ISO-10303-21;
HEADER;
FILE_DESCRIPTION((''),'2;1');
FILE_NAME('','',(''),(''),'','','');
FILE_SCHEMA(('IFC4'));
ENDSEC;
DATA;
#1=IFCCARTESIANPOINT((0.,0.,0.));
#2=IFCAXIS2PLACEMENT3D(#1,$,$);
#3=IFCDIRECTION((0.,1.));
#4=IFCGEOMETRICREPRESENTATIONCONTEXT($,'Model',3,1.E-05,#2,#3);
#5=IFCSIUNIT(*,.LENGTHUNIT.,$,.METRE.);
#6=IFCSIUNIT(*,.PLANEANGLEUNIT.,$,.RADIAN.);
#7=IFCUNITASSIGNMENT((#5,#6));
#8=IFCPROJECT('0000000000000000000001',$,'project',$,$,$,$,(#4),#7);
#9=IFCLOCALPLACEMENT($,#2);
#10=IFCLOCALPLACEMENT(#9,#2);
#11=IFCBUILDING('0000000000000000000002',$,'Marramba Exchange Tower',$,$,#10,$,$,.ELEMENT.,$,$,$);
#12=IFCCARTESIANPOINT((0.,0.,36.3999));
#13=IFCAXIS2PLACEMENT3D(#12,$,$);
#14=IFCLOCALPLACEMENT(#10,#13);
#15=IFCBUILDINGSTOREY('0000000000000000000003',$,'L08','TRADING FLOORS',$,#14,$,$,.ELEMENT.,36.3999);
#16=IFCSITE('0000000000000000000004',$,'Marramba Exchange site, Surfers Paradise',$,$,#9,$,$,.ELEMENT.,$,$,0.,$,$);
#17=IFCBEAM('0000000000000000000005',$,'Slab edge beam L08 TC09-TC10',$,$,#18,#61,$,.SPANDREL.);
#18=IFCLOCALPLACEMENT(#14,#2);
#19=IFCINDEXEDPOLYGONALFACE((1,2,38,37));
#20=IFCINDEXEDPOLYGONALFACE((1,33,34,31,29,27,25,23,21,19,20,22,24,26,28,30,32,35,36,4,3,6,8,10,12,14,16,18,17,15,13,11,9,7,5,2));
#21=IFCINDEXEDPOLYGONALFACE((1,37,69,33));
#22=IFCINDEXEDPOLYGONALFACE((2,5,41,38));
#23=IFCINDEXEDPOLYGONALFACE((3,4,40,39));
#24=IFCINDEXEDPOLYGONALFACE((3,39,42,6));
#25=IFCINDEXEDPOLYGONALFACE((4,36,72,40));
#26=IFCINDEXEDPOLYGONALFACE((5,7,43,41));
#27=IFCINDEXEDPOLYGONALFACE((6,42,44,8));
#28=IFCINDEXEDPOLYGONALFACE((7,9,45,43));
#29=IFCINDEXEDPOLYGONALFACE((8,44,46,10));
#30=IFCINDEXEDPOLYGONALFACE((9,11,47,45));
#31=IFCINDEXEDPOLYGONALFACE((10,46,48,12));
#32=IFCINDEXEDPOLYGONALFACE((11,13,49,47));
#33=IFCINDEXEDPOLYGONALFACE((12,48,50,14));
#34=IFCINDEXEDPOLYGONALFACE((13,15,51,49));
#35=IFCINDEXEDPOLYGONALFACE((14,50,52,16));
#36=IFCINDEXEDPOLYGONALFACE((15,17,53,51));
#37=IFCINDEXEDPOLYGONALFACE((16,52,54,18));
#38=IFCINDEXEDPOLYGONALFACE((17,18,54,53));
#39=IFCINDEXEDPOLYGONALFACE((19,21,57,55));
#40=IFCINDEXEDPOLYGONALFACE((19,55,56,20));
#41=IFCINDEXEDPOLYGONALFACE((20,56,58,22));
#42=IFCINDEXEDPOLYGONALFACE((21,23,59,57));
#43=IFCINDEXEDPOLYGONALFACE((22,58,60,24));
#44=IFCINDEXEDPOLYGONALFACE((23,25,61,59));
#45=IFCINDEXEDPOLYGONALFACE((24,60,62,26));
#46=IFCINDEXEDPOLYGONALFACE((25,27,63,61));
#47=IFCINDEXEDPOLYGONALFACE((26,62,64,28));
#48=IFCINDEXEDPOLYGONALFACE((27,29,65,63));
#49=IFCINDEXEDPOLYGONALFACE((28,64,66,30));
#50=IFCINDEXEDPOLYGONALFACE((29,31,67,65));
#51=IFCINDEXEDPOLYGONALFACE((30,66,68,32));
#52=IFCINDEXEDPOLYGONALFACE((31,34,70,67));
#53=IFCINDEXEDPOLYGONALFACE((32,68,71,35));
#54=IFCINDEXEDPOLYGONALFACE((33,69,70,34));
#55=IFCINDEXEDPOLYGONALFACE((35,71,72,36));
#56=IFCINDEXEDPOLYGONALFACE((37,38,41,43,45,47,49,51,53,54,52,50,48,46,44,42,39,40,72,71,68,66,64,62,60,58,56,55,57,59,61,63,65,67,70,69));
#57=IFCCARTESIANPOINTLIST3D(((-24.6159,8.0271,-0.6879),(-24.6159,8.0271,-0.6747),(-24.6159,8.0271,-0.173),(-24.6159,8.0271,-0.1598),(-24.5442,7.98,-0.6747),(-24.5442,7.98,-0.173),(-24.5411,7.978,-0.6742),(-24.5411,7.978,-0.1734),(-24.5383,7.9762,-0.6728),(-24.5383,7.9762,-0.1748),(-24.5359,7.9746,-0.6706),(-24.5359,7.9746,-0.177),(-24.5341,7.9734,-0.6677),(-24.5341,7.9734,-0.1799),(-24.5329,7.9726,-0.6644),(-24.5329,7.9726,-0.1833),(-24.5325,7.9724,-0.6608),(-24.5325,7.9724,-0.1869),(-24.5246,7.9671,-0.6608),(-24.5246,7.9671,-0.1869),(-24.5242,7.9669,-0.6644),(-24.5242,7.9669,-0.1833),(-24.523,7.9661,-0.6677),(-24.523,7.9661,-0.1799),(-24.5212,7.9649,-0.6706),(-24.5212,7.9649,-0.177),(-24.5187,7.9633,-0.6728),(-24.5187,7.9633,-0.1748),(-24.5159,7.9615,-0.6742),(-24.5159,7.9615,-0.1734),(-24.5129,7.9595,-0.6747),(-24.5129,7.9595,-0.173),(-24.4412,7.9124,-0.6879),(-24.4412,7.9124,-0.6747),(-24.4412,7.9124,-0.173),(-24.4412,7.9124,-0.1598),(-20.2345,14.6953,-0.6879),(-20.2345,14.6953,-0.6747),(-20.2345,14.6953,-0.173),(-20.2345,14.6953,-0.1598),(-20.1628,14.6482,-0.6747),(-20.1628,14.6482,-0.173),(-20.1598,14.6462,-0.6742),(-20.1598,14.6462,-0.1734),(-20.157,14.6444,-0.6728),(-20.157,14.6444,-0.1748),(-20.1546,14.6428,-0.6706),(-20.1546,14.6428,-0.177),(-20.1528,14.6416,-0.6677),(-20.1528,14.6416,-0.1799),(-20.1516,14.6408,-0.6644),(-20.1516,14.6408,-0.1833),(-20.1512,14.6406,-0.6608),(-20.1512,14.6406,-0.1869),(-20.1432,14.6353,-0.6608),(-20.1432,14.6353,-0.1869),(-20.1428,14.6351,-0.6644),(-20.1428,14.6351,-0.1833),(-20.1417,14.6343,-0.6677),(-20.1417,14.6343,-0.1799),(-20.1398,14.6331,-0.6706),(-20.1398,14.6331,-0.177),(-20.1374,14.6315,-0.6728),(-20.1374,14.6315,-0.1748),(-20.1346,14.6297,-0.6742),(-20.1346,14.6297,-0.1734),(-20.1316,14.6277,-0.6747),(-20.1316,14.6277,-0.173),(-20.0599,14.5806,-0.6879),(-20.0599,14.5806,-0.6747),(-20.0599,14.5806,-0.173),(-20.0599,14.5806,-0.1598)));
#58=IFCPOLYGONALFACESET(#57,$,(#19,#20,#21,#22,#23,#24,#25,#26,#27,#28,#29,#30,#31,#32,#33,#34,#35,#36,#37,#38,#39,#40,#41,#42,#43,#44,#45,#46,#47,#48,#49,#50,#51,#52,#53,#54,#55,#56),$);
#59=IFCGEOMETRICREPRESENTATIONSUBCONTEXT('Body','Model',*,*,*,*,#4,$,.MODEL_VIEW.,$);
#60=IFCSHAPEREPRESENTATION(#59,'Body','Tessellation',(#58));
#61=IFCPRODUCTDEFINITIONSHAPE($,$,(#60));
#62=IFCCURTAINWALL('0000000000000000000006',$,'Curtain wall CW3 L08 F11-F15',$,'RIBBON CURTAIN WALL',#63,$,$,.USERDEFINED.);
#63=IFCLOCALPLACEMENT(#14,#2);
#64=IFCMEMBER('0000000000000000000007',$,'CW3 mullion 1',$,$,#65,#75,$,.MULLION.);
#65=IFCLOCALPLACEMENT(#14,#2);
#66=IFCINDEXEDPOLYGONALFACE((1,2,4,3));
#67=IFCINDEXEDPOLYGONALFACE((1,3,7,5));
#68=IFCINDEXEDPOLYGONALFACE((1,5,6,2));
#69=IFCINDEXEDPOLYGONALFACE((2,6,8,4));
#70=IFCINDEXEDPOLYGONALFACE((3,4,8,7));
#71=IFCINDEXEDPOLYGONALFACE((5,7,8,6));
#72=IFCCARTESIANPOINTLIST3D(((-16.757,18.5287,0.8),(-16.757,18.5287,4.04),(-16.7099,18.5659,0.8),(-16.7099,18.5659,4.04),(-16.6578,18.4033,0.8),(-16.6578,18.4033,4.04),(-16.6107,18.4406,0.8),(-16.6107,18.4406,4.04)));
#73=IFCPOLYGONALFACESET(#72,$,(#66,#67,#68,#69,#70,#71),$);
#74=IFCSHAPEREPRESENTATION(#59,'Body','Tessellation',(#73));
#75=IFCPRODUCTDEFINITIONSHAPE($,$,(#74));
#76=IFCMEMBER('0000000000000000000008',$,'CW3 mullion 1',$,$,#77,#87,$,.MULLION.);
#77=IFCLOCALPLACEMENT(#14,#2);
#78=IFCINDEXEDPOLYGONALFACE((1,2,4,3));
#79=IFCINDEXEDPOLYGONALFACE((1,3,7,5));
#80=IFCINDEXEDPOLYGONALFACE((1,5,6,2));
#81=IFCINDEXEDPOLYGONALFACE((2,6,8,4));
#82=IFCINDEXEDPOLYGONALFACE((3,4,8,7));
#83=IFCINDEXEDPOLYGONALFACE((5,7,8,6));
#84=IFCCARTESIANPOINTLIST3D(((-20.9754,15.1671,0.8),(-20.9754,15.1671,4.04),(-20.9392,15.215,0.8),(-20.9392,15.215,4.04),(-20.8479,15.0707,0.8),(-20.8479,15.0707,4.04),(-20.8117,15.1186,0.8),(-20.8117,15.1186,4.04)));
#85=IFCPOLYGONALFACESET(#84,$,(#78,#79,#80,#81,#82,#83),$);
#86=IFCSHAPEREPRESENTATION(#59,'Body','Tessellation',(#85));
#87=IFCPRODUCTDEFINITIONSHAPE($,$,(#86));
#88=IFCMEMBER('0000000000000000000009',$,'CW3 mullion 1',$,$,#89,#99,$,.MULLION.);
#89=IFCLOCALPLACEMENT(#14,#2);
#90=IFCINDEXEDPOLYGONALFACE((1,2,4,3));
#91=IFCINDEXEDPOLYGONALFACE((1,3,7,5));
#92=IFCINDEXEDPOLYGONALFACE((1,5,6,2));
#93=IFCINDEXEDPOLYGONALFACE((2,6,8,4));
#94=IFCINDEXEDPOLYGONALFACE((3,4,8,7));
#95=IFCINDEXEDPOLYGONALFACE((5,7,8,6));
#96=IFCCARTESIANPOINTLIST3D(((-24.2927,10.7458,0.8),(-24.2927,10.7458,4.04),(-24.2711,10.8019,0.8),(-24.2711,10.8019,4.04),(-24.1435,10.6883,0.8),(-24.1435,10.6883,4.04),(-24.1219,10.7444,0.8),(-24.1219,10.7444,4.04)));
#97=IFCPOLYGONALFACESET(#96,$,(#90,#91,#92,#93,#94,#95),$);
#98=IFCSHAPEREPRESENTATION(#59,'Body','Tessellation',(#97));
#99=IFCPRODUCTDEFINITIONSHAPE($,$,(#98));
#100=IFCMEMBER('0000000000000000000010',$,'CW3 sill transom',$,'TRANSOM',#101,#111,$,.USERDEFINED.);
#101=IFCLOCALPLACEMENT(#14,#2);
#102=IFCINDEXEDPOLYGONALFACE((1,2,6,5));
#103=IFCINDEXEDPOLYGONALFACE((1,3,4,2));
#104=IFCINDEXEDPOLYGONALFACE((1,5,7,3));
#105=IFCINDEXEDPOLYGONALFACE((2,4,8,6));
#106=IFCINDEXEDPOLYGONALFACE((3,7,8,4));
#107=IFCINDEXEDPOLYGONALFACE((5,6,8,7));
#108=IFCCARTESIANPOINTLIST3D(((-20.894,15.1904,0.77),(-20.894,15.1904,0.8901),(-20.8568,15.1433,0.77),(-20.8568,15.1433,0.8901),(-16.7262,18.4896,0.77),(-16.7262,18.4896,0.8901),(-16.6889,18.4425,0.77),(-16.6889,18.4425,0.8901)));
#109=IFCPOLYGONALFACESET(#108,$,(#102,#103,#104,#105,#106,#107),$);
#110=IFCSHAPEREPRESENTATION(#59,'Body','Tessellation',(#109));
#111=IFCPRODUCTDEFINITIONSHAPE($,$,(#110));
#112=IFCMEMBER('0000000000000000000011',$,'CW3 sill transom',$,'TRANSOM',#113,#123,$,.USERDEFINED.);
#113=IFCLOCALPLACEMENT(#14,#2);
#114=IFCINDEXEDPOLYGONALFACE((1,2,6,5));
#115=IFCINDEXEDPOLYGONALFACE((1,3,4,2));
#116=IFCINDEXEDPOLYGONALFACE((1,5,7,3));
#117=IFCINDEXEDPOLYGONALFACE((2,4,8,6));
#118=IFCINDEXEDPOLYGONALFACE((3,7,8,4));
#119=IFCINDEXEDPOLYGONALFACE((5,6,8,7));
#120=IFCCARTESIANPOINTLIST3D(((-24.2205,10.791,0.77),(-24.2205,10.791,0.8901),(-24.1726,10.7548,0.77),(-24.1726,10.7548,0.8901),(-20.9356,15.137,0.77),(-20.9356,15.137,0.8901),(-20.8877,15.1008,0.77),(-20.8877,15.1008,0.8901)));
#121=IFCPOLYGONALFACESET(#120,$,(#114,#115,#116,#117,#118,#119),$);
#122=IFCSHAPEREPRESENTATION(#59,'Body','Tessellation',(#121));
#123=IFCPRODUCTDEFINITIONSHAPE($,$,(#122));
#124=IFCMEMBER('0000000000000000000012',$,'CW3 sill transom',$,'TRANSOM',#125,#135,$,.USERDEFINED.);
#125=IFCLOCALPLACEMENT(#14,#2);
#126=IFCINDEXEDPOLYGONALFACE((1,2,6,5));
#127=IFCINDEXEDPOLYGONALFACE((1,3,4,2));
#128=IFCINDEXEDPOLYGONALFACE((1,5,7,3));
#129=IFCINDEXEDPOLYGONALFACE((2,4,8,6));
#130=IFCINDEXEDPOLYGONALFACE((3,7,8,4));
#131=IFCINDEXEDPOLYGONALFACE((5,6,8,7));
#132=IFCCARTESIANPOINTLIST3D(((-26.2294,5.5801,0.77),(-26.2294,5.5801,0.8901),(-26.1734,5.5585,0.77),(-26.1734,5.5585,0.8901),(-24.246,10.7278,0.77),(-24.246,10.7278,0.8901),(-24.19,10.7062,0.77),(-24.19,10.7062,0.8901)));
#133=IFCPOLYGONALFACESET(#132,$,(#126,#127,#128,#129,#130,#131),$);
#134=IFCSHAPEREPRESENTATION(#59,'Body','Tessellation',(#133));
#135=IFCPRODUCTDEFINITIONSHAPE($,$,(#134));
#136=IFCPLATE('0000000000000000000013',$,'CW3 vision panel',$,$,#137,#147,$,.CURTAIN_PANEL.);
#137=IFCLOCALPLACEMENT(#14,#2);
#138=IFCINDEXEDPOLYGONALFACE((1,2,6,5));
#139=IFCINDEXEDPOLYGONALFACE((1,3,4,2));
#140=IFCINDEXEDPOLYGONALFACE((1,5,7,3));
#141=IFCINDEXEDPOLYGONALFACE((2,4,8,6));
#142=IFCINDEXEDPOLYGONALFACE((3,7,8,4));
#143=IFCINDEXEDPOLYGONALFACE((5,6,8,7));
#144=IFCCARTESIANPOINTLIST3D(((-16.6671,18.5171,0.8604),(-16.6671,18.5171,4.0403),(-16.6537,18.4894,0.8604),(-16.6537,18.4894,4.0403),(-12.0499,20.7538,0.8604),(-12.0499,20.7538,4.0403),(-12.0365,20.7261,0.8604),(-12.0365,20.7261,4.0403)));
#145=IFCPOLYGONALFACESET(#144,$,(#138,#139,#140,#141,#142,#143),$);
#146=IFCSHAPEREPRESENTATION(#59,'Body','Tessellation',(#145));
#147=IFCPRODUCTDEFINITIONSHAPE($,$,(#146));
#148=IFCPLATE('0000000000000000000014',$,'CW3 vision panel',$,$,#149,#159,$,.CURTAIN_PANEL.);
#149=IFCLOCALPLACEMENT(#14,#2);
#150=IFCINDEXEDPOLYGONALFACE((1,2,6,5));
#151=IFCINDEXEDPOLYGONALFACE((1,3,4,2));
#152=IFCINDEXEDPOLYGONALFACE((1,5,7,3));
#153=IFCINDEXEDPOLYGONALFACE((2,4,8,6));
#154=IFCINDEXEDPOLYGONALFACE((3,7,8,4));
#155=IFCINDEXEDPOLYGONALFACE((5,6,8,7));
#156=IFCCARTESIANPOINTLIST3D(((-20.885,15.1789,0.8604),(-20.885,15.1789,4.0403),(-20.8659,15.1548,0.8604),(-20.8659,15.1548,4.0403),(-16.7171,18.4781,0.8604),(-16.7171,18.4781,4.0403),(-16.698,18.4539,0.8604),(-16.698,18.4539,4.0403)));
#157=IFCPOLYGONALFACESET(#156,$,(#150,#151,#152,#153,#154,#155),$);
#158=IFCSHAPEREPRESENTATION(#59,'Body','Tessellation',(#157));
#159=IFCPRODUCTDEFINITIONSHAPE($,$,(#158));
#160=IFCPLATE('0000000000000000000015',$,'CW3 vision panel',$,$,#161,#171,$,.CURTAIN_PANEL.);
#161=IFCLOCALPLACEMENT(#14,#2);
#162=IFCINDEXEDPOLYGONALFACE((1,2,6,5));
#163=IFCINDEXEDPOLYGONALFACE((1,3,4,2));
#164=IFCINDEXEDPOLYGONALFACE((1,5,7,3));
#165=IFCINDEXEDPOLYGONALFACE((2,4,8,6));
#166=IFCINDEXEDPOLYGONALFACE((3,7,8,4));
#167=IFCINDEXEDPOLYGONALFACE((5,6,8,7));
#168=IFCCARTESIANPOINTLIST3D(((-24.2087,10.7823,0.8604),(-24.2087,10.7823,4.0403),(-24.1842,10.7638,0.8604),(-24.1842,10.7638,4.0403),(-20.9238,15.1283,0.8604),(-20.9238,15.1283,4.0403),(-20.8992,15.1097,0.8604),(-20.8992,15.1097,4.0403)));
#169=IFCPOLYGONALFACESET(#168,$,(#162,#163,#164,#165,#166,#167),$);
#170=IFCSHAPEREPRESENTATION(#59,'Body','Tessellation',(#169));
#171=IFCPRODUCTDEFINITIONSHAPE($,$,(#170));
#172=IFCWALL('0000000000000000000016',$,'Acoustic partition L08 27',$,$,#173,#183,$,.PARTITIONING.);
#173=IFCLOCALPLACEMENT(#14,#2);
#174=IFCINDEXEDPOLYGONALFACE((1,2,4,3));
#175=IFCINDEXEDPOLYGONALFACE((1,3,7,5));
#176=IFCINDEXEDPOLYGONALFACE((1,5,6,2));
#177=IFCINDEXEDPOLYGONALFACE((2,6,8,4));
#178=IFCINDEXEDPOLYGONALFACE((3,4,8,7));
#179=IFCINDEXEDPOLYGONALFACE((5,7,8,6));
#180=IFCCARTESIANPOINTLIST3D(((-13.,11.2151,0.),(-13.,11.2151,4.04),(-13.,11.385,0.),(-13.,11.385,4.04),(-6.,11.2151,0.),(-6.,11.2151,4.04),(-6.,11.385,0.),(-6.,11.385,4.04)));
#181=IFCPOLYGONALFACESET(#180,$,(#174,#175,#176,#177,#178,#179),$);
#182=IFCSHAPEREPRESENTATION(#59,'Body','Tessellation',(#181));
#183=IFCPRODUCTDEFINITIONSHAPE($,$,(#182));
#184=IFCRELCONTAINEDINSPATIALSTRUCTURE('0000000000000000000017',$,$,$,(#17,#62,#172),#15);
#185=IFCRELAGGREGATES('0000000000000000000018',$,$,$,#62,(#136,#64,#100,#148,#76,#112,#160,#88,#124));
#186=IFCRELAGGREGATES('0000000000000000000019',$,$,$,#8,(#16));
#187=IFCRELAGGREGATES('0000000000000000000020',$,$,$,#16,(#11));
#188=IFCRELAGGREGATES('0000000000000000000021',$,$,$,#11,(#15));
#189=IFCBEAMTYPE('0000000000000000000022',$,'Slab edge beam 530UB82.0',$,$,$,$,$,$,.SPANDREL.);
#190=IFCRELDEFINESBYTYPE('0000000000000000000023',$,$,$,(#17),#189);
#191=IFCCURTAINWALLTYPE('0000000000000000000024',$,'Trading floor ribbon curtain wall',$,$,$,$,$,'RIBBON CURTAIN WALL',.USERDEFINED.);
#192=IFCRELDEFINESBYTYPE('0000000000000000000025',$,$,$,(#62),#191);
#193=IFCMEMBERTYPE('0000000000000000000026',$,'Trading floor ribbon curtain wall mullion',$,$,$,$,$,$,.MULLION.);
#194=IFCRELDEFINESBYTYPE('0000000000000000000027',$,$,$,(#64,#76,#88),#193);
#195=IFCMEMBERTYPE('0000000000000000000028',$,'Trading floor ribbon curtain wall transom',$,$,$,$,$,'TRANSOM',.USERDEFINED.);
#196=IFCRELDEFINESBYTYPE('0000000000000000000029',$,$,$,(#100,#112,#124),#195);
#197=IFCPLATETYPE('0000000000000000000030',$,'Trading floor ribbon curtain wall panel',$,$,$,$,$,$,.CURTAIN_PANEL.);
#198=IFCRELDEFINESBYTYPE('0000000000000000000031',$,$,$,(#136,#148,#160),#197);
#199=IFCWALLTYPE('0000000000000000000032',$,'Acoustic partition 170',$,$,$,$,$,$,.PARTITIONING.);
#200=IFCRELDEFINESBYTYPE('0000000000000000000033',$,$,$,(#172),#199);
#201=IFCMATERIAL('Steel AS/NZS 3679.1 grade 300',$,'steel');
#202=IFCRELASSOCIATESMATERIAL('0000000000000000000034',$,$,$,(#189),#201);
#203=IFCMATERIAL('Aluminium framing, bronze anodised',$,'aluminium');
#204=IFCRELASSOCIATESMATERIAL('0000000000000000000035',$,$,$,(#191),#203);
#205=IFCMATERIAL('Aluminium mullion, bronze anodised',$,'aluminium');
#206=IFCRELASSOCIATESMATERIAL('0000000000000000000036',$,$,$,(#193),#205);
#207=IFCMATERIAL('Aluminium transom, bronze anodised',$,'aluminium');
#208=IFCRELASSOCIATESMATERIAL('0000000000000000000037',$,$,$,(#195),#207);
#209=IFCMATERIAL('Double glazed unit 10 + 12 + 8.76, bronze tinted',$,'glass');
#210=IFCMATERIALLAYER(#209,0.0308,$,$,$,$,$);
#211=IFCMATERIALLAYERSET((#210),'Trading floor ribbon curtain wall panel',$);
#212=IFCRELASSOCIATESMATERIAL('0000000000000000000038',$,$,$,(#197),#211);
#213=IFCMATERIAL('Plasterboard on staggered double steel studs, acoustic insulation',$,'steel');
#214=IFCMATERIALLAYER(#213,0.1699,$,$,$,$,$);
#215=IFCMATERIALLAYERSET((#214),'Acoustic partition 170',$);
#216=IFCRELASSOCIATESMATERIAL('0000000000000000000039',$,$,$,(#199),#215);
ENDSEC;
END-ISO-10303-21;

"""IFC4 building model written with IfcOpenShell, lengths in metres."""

from ifc_helpers import new_model, si_unit, direction, frame, frame_2d, origin, origin_2d, place, context, subcontext, project, spatial, rectangle, i_section, extrude, material, layer, layer_set, material_profile, profile_set, type_object, element, aggregate, save


model = new_model("IFC4")

# Units and contexts
model_context = context("Model", 3, precision=1e-05, world=origin(), true_north=direction((0.0, 1.0)))
body_context = subcontext(model_context, "Body", "Model", "MODEL_VIEW")
ifc_project = project(units=[si_unit("LENGTHUNIT", "METRE"), si_unit("PLANEANGLEUNIT", "RADIAN")], contexts=[model_context])

# Site, building, storey
site_placement = place(None, origin())
site = spatial("IfcSite", under=ifc_project, at=site_placement, Name="Marramba Exchange site, Surfers Paradise", CompositionType="ELEMENT", RefElevation=0.0)
building_placement = place(site_placement, origin())
building = spatial("IfcBuilding", under=site, at=building_placement, Name="Marramba Exchange Tower", CompositionType="ELEMENT")
storey_placement = place(building_placement, frame((0.0, 0.0, 36.3999)))
storey = spatial("IfcBuildingStorey", under=building, at=storey_placement, Name="L08", Description="TRADING FLOORS", CompositionType="ELEMENT", Elevation=36.3999)

# Beam
ifc_material_1 = material(Name="Steel AS/NZS 3679.1 grade 300", Category="steel")
ifc_material_profile_1 = material_profile(ifc_material_1, i_section(OverallWidth=0.209, OverallDepth=0.5281, WebThickness=0.0095, FlangeThickness=0.0132, FilletRadius=0.0139, at=origin_2d()), Name="530UB82.0")
ifc_profile_set_1 = profile_set([ifc_material_profile_1], Name="Steel AS/NZS 3679.1 grade 300")
beam_type_1 = type_object("IfcBeamType", Name="Slab edge beam 530UB82.0", PredefinedType="SPANDREL", material=ifc_profile_set_1)
beam_1_placement = place(storey_placement, frame((-20.1472, 14.6379, -0.4238), z_axis=(-0.549124, -0.835741, 0.0), x_axis=(0.835741, -0.549124, 0.0)))
element("IfcBeam", 1, at=beam_1_placement, inside=storey, type_object=beam_type_1, Name="Slab edge beam L08 TC09-TC10", PredefinedType="SPANDREL", context=body_context, shape_type="SweptSolid", body=[
    extrude(i_section(OverallWidth=0.209, OverallDepth=0.5281, WebThickness=0.0095, FlangeThickness=0.0132, FilletRadius=0.0139, at=origin_2d()), origin(), (0.0, 0.0, 1.0), 7.9788),
])

# Curtain wall, members, plates
ifc_material_2 = material(Name="Aluminium framing, bronze anodised", Category="aluminium")
curtain_wall_type = type_object("IfcCurtainWallType", Name="Trading floor ribbon curtain wall", ElementType="RIBBON CURTAIN WALL", PredefinedType="USERDEFINED", material=ifc_material_2)
curtain_wall_placement = place(storey_placement, origin())
curtain_wall = element("IfcCurtainWall", 2, at=curtain_wall_placement, inside=storey, type_object=curtain_wall_type, Name="Curtain wall CW3 L08 F11-F15", ObjectType="RIBBON CURTAIN WALL", PredefinedType="USERDEFINED")
ifc_material_3 = material(Name="Aluminium mullion, bronze anodised", Category="aluminium")
ifc_material_profile_2 = material_profile(ifc_material_3, rectangle(XDim=0.1599, YDim=0.0601, at=origin_2d()), Name="CW3 mullion 60x160")
ifc_profile_set_2 = profile_set([ifc_material_profile_2], Name="Aluminium mullion, bronze anodised")
member_type_1 = type_object("IfcMemberType", Name="Trading floor ribbon curtain wall mullion", PredefinedType="MULLION", material=ifc_profile_set_2)
member_1_placement = place(storey_placement, frame((-16.6838, 18.4846, 0.8), z_axis=(0.0, 0.0, 1.0), x_axis=(0.62065, -0.784088, 0.0)))
member_1 = element("IfcMember", 3, at=member_1_placement, type_object=member_type_1, Name="CW3 mullion 1", PredefinedType="MULLION", context=body_context, shape_type="SweptSolid", body=[
    extrude(rectangle(XDim=0.1599, YDim=0.0601, at=origin_2d()), origin(), (0.0, 0.0, 1.0), 3.24),
])
member_2_placement = place(storey_placement, frame((-20.8936, 15.1428, 0.8), z_axis=(0.0, 0.0, 1.0), x_axis=(0.797749, -0.60299, 0.0)))
member_2 = element("IfcMember", 4, at=member_2_placement, type_object=member_type_1, Name="CW3 mullion 1", PredefinedType="MULLION", context=body_context, shape_type="SweptSolid", body=[
    extrude(rectangle(XDim=0.1599, YDim=0.0601, at=origin_2d()), origin(), (0.0, 0.0, 1.0), 3.24),
])
member_3_placement = place(storey_placement, frame((-24.2073, 10.7451, 0.8), z_axis=(0.0, 0.0, 1.0), x_axis=(0.933135, -0.359526, 0.0)))
member_3 = element("IfcMember", 5, at=member_3_placement, type_object=member_type_1, Name="CW3 mullion 1", PredefinedType="MULLION", context=body_context, shape_type="SweptSolid", body=[
    extrude(rectangle(XDim=0.1599, YDim=0.0601, at=origin_2d()), origin(), (0.0, 0.0, 1.0), 3.24),
])
ifc_material_4 = material(Name="Aluminium transom, bronze anodised", Category="aluminium")
ifc_material_profile_3 = material_profile(ifc_material_4, rectangle(XDim=0.0601, YDim=0.1201, at=origin_2d()), Name="CW3 transom 60x120")
ifc_profile_set_3 = profile_set([ifc_material_profile_3], Name="Aluminium transom, bronze anodised")
member_type_2 = type_object("IfcMemberType", Name="Trading floor ribbon curtain wall transom", ElementType="TRANSOM", PredefinedType="USERDEFINED", material=ifc_profile_set_3)
member_4_placement = place(storey_placement, frame((-16.7075, 18.4661, 0.8301), z_axis=(-0.784076, -0.620665, 0.0), x_axis=(0.620665, -0.784076, 0.0)))
member_4 = element("IfcMember", 6, at=member_4_placement, type_object=member_type_2, Name="CW3 sill transom", ObjectType="TRANSOM", PredefinedType="USERDEFINED", context=body_context, shape_type="SweptSolid", body=[
    extrude(rectangle(XDim=0.0601, YDim=0.1201, at=origin_2d()), origin(), (0.0, 0.0, 1.0), 5.3157),
])
member_5_placement = place(storey_placement, frame((-20.9116, 15.1189, 0.8301), z_axis=(-0.602986, -0.797752, 0.0), x_axis=(0.797752, -0.602986, 0.0)))
member_5 = element("IfcMember", 7, at=member_5_placement, type_object=member_type_2, Name="CW3 sill transom", ObjectType="TRANSOM", PredefinedType="USERDEFINED", context=body_context, shape_type="SweptSolid", body=[
    extrude(rectangle(XDim=0.0601, YDim=0.1201, at=origin_2d()), origin(), (0.0, 0.0, 1.0), 5.4478),
])
member_6_placement = place(storey_placement, frame((-24.218, 10.717, 0.8301), z_axis=(-0.359534, -0.933132, 0.0), x_axis=(0.933132, -0.359534, 0.0)))
member_6 = element("IfcMember", 8, at=member_6_placement, type_object=member_type_2, Name="CW3 sill transom", ObjectType="TRANSOM", PredefinedType="USERDEFINED", context=body_context, shape_type="SweptSolid", body=[
    extrude(rectangle(XDim=0.0601, YDim=0.1201, at=origin_2d()), origin(), (0.0, 0.0, 1.0), 5.5166),
])
ifc_material_5 = material(Name="Double glazed unit 10 + 12 + 8.76, bronze tinted", Category="glass")
ifc_layer_1 = layer(ifc_material_5, 0.0308)
ifc_layer_set_1 = layer_set([ifc_layer_1], Name="Trading floor ribbon curtain wall panel")
plate_type = type_object("IfcPlateType", Name="Trading floor ribbon curtain wall panel", PredefinedType="CURTAIN_PANEL", material=ifc_layer_set_1)
plate_1_placement = place(storey_placement, frame((-14.3518, 19.6216, 0.8604), z_axis=(0.0, 0.0, 1.0), x_axis=(-0.899963, -0.435965, 0.0)))
plate_1 = element("IfcPlate", 9, at=plate_1_placement, type_object=plate_type, Name="CW3 vision panel", PredefinedType="CURTAIN_PANEL", context=body_context, shape_type="SweptSolid", body=[
    extrude(rectangle(XDim=5.1304, YDim=0.0308, at=origin_2d()), origin(), (0.0, 0.0, 1.0), 3.1799),
])
plate_2_placement = place(storey_placement, frame((-18.7915, 16.8164, 0.8604), z_axis=(0.0, 0.0, 1.0), x_axis=(-0.784088, -0.62065, 0.0)))
plate_2 = element("IfcPlate", 10, at=plate_2_placement, type_object=plate_type, Name="CW3 vision panel", PredefinedType="CURTAIN_PANEL", context=body_context, shape_type="SweptSolid", body=[
    extrude(rectangle(XDim=5.3157, YDim=0.0308, at=origin_2d()), origin(), (0.0, 0.0, 1.0), 3.1799),
])
plate_3_placement = place(storey_placement, frame((-22.554, 12.946, 0.8604), z_axis=(0.0, 0.0, 1.0), x_axis=(-0.60299, -0.797749, 0.0)))
plate_3 = element("IfcPlate", 11, at=plate_3_placement, type_object=plate_type, Name="CW3 vision panel", PredefinedType="CURTAIN_PANEL", context=body_context, shape_type="SweptSolid", body=[
    extrude(rectangle(XDim=5.4478, YDim=0.0308, at=origin_2d()), origin(), (0.0, 0.0, 1.0), 3.1799),
])
aggregate(curtain_wall, [plate_1, member_1, member_4, plate_2, member_2, member_5, plate_3, member_3, member_6])

# Wall
ifc_material_6 = material(Name="Plasterboard on staggered double steel studs, acoustic insulation", Category="steel")
ifc_layer_2 = layer(ifc_material_6, 0.1699)
ifc_layer_set_2 = layer_set([ifc_layer_2], Name="Acoustic partition 170")
wall_type_1 = type_object("IfcWallType", Name="Acoustic partition 170", PredefinedType="PARTITIONING", material=ifc_layer_set_2)
wall_1_placement = place(storey_placement, frame((-13.0, 11.3, 0.0), z_axis=(0.0, 0.0, 1.0), x_axis=(1.0, 0.0, 0.0)))
element("IfcWall", 12, at=wall_1_placement, inside=storey, type_object=wall_type_1, Name="Acoustic partition L08 27", PredefinedType="PARTITIONING", context=body_context, shape_type="SweptSolid", body=[
    extrude(rectangle(XDim=7.0, YDim=0.1699, at=frame_2d((3.5, 0.0))), origin(), (0.0, 0.0, 1.0), 4.04),
])

save(model, "model.ifc")
